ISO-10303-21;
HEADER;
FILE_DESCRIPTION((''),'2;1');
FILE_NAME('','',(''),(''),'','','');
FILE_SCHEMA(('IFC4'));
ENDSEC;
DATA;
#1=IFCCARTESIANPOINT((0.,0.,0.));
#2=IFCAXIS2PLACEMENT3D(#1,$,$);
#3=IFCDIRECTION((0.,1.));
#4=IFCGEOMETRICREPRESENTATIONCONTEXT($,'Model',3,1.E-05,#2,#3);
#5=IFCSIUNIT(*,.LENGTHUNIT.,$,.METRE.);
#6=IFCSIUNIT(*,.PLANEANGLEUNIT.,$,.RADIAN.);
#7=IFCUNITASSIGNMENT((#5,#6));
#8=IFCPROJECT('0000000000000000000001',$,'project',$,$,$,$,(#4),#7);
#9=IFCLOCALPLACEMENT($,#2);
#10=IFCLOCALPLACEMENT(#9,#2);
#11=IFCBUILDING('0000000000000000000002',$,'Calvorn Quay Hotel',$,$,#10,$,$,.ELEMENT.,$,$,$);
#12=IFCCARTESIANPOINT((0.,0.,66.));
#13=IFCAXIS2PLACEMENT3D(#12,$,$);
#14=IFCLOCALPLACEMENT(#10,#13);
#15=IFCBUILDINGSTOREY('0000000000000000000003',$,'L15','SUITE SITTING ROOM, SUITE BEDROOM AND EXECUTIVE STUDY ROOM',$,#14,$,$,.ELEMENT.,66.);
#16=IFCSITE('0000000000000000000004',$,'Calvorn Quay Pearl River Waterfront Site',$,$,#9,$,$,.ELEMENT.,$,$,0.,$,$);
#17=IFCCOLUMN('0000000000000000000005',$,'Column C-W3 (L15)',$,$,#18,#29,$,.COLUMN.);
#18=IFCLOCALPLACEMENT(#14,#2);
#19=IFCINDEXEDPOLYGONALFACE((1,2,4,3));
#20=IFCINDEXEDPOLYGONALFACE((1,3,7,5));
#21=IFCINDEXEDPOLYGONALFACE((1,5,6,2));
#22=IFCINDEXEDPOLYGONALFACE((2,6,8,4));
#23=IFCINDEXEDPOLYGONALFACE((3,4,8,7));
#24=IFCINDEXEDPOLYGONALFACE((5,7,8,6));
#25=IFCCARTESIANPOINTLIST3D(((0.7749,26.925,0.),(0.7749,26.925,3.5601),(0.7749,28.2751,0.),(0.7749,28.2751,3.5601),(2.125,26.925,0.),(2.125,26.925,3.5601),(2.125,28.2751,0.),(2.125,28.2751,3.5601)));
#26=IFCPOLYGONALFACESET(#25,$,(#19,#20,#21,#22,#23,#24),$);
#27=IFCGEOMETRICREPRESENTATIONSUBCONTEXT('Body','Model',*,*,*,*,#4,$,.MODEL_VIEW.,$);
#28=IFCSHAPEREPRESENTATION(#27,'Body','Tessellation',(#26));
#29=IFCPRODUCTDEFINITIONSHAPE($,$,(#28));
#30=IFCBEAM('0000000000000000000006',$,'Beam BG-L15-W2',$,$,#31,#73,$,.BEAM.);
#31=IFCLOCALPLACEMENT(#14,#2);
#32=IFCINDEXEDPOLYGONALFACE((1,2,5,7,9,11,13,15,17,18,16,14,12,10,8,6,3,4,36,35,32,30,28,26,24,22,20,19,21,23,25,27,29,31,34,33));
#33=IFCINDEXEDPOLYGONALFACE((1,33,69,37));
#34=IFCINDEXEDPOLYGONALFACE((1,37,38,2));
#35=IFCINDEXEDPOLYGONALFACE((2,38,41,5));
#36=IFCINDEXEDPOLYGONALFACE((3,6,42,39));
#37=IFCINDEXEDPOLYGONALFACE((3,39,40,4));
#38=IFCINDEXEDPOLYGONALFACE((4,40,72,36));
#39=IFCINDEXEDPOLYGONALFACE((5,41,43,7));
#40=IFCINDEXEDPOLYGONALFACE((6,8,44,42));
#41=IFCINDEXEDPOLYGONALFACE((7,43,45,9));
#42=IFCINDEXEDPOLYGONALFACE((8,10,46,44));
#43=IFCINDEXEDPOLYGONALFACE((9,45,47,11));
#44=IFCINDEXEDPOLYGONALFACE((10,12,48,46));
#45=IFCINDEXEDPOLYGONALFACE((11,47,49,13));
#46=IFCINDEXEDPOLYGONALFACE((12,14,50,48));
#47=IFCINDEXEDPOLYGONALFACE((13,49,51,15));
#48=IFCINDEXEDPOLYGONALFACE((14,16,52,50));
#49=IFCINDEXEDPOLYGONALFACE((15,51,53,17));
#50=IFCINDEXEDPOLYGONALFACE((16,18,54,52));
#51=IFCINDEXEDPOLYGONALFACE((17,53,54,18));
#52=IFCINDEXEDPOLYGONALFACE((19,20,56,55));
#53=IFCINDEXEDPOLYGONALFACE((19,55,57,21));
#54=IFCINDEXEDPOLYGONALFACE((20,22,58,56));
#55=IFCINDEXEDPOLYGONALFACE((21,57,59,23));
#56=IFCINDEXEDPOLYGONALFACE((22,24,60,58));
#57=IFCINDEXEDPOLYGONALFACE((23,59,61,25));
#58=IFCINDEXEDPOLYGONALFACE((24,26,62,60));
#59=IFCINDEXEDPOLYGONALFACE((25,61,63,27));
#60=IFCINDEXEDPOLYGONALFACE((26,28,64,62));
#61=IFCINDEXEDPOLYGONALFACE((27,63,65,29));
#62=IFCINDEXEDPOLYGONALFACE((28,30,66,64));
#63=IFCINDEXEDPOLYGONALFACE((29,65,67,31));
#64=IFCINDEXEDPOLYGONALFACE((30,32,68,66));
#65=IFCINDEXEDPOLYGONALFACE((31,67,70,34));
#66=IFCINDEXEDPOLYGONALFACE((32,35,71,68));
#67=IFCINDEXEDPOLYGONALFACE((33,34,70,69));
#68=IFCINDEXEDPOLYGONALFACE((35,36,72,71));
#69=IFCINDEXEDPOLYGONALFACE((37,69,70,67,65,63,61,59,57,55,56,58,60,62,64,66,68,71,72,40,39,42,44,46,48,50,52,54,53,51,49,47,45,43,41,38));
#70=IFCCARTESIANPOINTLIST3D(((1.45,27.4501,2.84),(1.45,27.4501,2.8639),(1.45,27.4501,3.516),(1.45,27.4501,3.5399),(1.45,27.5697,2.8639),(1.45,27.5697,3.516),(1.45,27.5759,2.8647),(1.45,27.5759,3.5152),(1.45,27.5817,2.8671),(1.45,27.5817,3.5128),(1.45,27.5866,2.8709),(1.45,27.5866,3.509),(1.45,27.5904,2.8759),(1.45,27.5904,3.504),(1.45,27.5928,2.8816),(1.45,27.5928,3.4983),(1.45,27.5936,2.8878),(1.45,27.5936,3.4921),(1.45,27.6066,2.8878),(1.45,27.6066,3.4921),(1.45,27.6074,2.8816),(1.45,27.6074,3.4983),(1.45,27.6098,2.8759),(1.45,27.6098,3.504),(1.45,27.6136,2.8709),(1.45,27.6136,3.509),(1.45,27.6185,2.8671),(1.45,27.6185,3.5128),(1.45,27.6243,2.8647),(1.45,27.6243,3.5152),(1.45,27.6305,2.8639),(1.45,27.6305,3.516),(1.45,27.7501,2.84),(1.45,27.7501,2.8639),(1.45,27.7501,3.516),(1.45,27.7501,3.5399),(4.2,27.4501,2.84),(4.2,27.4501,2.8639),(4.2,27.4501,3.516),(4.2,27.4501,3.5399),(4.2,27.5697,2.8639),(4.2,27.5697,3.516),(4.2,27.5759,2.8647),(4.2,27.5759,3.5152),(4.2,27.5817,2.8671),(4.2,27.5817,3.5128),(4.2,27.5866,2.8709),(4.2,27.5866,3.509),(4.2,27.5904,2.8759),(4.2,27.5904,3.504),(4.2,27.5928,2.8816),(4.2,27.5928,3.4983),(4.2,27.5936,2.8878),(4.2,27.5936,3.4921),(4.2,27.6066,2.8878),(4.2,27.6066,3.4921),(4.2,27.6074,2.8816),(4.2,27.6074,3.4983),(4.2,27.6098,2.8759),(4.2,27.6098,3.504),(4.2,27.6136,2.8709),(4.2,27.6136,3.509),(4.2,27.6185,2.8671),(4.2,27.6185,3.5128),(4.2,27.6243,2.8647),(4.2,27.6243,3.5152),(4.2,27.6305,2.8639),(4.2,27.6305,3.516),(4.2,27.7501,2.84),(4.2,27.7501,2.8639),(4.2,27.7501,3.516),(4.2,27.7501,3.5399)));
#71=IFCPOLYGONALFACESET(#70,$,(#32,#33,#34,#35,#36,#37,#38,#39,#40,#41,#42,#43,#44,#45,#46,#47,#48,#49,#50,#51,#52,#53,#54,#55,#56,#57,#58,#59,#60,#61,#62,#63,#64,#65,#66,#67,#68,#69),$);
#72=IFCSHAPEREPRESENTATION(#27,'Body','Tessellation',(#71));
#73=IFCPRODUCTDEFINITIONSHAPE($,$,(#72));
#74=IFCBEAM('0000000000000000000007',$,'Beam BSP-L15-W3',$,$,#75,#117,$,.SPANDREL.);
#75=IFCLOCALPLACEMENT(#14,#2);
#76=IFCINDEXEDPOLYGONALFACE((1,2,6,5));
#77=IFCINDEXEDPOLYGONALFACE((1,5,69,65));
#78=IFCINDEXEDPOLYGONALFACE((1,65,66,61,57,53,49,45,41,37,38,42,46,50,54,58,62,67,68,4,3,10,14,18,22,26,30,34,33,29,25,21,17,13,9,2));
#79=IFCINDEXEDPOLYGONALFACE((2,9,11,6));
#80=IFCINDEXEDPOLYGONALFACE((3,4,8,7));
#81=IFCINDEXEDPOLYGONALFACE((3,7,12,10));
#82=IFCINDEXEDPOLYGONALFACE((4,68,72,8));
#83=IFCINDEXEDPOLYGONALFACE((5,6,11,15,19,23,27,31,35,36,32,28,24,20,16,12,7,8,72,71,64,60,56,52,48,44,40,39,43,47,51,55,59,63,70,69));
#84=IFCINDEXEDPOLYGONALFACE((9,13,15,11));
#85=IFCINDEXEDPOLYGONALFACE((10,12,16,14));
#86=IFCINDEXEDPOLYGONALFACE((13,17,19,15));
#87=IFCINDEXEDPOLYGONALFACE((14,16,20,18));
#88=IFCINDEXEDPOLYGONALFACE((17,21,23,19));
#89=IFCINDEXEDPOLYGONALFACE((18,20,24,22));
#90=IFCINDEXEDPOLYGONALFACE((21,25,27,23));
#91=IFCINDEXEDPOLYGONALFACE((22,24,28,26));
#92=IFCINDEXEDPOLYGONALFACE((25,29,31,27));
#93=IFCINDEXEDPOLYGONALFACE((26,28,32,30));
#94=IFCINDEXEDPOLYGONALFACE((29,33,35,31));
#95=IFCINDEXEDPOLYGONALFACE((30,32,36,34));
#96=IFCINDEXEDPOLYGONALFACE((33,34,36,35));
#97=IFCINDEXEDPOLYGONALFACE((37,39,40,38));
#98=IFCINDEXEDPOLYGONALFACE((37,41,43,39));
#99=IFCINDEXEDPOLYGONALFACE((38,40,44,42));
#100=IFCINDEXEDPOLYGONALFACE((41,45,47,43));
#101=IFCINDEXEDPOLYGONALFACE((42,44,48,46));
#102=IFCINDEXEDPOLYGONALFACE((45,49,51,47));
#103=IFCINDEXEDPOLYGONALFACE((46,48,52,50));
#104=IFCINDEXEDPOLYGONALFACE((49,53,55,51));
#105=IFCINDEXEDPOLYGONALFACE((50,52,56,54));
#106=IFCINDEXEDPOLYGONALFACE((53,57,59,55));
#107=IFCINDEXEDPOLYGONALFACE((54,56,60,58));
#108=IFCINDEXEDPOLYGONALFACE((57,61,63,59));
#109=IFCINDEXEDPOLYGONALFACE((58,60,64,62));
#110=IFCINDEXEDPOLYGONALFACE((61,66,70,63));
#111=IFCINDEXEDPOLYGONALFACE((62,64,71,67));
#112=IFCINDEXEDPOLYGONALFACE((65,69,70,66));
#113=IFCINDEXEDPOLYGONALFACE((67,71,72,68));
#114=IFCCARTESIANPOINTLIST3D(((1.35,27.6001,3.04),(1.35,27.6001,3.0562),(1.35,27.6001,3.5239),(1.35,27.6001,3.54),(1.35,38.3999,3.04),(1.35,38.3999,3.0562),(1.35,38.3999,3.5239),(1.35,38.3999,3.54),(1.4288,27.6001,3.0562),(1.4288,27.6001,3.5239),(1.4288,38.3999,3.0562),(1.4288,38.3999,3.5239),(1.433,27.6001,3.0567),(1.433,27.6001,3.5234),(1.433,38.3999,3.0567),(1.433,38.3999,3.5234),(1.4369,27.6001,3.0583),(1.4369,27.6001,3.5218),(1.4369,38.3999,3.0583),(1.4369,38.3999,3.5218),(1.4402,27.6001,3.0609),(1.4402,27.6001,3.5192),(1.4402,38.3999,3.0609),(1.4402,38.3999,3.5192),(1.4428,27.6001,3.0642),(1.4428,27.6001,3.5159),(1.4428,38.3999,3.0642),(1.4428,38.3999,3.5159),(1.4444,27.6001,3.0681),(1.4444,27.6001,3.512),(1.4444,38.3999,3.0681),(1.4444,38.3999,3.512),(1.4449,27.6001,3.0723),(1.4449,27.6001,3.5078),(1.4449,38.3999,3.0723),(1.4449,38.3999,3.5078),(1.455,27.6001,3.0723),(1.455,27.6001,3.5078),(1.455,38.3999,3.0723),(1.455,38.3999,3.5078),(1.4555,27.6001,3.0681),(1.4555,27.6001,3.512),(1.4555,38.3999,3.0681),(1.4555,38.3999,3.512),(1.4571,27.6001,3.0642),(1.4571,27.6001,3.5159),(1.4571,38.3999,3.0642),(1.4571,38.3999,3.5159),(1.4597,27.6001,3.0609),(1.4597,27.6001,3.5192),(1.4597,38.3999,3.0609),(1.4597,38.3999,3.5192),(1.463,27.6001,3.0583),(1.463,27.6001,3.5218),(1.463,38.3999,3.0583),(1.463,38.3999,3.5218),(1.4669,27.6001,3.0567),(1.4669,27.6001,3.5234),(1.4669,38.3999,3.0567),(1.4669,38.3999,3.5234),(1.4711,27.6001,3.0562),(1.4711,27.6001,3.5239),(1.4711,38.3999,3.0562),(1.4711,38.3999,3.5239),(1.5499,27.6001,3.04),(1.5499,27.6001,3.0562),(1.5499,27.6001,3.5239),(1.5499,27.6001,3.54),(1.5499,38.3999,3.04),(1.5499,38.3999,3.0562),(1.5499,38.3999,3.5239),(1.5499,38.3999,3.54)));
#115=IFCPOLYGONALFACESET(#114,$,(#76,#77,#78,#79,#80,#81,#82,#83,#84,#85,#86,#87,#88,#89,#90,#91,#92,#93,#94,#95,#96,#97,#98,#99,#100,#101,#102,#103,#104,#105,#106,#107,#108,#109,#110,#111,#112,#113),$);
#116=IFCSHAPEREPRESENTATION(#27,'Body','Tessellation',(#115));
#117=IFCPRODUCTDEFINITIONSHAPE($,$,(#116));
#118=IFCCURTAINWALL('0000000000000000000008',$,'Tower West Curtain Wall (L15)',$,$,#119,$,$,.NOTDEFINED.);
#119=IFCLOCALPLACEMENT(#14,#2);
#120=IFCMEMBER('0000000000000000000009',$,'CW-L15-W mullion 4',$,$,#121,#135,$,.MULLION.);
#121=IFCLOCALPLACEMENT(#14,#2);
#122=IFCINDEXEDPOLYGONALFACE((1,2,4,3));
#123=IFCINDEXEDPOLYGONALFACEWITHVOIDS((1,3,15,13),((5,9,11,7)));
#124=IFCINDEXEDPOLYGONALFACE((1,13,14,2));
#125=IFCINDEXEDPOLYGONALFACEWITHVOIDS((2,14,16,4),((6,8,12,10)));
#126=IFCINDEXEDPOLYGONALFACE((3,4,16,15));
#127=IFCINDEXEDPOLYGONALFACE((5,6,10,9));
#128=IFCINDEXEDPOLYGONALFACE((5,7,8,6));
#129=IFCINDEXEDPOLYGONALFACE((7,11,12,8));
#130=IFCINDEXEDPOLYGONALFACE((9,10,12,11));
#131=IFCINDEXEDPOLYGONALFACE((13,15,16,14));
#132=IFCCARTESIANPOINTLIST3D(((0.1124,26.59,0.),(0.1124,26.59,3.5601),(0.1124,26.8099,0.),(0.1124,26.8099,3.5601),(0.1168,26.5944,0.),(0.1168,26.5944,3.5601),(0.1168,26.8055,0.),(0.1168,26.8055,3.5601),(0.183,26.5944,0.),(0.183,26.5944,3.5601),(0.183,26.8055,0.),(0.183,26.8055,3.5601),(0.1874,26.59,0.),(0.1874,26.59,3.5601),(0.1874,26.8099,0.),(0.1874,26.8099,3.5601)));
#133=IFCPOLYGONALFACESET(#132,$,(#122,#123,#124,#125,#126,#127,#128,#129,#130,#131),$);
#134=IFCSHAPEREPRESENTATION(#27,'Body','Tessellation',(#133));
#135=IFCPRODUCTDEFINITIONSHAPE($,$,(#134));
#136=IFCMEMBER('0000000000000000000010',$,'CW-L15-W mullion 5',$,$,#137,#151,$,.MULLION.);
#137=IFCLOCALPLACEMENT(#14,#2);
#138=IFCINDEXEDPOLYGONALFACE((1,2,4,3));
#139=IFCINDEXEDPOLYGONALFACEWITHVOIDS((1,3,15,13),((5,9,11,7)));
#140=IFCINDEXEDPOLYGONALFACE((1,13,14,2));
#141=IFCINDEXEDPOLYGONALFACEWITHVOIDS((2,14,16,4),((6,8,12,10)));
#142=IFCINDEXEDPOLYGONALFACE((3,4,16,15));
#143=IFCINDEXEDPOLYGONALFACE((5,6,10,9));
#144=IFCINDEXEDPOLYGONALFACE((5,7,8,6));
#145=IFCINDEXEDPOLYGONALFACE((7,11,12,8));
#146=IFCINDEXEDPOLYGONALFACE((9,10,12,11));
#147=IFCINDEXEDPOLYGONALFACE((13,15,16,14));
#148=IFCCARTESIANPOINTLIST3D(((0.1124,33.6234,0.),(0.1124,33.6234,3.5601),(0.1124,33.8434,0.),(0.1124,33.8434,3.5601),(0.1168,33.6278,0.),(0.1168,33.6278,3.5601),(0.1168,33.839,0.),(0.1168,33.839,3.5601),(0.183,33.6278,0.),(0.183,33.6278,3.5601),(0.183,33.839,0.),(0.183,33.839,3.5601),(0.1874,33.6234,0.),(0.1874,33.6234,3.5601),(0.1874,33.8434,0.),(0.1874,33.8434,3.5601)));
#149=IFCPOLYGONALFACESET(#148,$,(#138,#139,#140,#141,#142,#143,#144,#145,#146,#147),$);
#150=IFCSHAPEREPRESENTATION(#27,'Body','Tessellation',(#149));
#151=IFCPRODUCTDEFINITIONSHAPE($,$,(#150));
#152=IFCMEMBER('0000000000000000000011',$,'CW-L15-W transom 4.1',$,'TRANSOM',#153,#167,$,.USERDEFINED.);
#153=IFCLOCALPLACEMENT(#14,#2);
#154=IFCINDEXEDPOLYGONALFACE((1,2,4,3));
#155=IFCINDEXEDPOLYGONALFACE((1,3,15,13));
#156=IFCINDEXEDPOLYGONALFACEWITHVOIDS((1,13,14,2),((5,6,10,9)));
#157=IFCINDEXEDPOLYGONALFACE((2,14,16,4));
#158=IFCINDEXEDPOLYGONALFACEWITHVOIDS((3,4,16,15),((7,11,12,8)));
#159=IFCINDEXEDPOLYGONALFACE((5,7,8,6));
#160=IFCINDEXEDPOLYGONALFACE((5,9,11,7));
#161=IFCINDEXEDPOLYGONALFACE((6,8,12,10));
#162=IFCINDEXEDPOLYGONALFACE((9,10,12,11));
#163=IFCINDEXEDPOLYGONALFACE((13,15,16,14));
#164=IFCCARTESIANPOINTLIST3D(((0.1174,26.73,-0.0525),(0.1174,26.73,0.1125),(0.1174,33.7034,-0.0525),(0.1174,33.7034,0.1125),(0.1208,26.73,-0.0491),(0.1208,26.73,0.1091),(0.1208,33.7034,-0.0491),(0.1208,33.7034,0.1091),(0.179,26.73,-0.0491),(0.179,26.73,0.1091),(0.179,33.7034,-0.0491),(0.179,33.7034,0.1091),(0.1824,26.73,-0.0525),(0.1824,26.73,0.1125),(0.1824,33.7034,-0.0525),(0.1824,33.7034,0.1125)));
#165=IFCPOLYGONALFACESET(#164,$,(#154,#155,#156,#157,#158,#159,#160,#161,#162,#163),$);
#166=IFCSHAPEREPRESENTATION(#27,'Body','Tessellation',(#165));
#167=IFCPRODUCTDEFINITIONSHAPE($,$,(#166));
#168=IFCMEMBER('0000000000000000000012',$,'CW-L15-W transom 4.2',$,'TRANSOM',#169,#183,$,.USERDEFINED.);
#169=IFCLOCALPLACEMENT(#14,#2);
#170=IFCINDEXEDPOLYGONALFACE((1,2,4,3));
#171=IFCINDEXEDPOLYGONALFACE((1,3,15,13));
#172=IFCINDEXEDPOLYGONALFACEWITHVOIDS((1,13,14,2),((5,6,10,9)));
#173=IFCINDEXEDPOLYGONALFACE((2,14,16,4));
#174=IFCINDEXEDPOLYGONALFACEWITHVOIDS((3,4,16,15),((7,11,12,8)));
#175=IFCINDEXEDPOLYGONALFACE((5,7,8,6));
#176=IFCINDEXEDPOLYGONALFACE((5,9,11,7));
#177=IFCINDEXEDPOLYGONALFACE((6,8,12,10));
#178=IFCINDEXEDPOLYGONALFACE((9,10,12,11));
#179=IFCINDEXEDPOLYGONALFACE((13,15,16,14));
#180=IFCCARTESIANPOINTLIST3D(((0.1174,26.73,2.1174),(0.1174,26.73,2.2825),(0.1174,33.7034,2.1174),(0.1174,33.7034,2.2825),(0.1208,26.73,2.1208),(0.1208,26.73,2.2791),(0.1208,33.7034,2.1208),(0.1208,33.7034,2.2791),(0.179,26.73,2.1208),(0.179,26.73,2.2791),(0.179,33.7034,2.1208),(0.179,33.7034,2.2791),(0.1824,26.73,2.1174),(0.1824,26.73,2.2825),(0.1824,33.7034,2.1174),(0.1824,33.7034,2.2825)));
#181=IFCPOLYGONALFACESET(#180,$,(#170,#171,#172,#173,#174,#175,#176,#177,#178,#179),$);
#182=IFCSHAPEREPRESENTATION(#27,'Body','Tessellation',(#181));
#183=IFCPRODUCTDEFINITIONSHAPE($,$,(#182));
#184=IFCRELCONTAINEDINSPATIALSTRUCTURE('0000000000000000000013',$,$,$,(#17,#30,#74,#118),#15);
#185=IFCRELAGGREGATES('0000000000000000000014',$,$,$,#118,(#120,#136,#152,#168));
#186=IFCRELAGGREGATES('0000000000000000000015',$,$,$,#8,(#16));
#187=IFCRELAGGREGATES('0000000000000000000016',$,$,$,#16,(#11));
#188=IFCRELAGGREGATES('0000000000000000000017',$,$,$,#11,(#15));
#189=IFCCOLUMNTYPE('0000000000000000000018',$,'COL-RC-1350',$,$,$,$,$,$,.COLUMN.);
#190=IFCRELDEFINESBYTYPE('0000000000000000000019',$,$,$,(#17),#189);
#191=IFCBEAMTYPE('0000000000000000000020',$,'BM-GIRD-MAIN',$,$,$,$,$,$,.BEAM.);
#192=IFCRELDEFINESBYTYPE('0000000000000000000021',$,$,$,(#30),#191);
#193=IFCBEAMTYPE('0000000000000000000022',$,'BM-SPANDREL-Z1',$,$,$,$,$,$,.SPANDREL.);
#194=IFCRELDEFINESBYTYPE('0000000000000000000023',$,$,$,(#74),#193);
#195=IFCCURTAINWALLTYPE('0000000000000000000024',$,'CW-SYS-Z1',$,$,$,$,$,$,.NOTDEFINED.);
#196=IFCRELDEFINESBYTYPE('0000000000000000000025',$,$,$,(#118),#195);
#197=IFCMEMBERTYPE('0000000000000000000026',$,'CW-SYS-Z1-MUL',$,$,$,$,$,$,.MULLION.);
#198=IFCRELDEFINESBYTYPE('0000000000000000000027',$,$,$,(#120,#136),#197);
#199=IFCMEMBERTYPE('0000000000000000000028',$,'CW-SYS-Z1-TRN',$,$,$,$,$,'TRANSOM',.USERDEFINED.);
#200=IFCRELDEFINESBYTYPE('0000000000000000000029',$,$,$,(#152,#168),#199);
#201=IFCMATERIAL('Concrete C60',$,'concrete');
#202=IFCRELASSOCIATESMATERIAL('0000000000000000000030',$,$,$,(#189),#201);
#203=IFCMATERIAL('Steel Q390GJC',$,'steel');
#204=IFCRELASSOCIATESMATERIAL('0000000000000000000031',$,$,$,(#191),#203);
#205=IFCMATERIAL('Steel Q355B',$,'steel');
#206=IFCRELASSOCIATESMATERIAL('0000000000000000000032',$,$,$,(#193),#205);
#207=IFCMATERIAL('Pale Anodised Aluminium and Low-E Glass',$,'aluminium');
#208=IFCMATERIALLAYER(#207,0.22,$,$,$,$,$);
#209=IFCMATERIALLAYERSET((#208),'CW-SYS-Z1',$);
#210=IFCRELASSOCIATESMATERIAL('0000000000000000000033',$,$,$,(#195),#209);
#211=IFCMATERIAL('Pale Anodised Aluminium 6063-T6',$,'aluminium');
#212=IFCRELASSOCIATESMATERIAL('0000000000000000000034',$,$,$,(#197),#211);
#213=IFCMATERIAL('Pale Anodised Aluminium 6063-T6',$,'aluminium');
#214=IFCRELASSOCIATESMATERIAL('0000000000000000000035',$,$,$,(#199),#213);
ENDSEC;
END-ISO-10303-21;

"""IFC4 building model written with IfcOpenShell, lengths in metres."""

from ifc_helpers import new_model, si_unit, direction, frame, origin, origin_2d, place, context, subcontext, project, spatial, rectangle, hollow_rectangle, i_section, extrude, material, layer, layer_set, material_profile, profile_set, type_object, element, aggregate, save


model = new_model("IFC4")

# Units and contexts
model_context = context("Model", 3, precision=1e-05, world=origin(), true_north=direction((0.0, 1.0)))
body_context = subcontext(model_context, "Body", "Model", "MODEL_VIEW")
ifc_project = project(units=[si_unit("LENGTHUNIT", "METRE"), si_unit("PLANEANGLEUNIT", "RADIAN")], contexts=[model_context])

# Site, building, storey
site_placement = place(None, origin())
site = spatial("IfcSite", under=ifc_project, at=site_placement, Name="Calvorn Quay Pearl River Waterfront Site", CompositionType="ELEMENT", RefElevation=0.0)
building_placement = place(site_placement, origin())
building = spatial("IfcBuilding", under=site, at=building_placement, Name="Calvorn Quay Hotel", CompositionType="ELEMENT")
storey_placement = place(building_placement, frame((0.0, 0.0, 66.0)))
storey = spatial("IfcBuildingStorey", under=building, at=storey_placement, Name="L15", Description="SUITE SITTING ROOM, SUITE BEDROOM AND EXECUTIVE STUDY ROOM", CompositionType="ELEMENT", Elevation=66.0)

# Column
ifc_material_1 = material(Name="Concrete C60", Category="concrete")
ifc_material_profile_1 = material_profile(ifc_material_1, rectangle(XDim=1.3501, YDim=1.3501, at=origin_2d()), Name="RC1350x1350")
ifc_profile_set_1 = profile_set([ifc_material_profile_1], Name="Concrete C60")
column_type = type_object("IfcColumnType", Name="COL-RC-1350", PredefinedType="COLUMN", material=ifc_profile_set_1)
column_placement = place(storey_placement, frame((1.45, 27.6001, 0.0), z_axis=(0.0, 0.0, 1.0), x_axis=(1.0, 0.0, 0.0)))
element("IfcColumn", 1, at=column_placement, inside=storey, type_object=column_type, Name="Column C-W3 (L15)", PredefinedType="COLUMN", context=body_context, shape_type="SweptSolid", body=[
    extrude(rectangle(XDim=1.3501, YDim=1.3501, at=origin_2d()), origin(), (0.0, 0.0, 1.0), 3.5601),
])

# Beams
ifc_material_2 = material(Name="Steel Q390GJC", Category="steel")
ifc_material_profile_2 = material_profile(ifc_material_2, i_section(OverallWidth=0.3, OverallDepth=0.7, WebThickness=0.0129, FlangeThickness=0.0239, FilletRadius=0.0239, at=origin_2d()), Name="HN700x300x13x24")
ifc_profile_set_2 = profile_set([ifc_material_profile_2], Name="Steel Q390GJC")
beam_type_1 = type_object("IfcBeamType", Name="BM-GIRD-MAIN", PredefinedType="BEAM", material=ifc_profile_set_2)
beam_1_placement = place(storey_placement, frame((1.45, 27.6001, 3.1899), z_axis=(1.0, 0.0, 0.0), x_axis=(0.0, 1.0, 0.0)))
element("IfcBeam", 2, at=beam_1_placement, inside=storey, type_object=beam_type_1, Name="Beam BG-L15-W2", PredefinedType="BEAM", context=body_context, shape_type="SweptSolid", body=[
    extrude(i_section(OverallWidth=0.3, OverallDepth=0.7, WebThickness=0.0129, FlangeThickness=0.0239, FilletRadius=0.0239, at=origin_2d()), origin(), (0.0, 0.0, 1.0), 2.75),
])
ifc_material_3 = material(Name="Steel Q355B", Category="steel")
ifc_material_profile_3 = material_profile(ifc_material_3, i_section(OverallWidth=0.2, OverallDepth=0.5, WebThickness=0.01, FlangeThickness=0.0161, FilletRadius=0.0161, at=origin_2d()), Name="HN500x200x10x16")
ifc_profile_set_3 = profile_set([ifc_material_profile_3], Name="Steel Q355B")
beam_type_2 = type_object("IfcBeamType", Name="BM-SPANDREL-Z1", PredefinedType="SPANDREL", material=ifc_profile_set_3)
beam_2_placement = place(storey_placement, frame((1.45, 27.6001, 3.29), z_axis=(0.0, 1.0, 0.0), x_axis=(-1.0, 0.0, 0.0)))
element("IfcBeam", 3, at=beam_2_placement, inside=storey, type_object=beam_type_2, Name="Beam BSP-L15-W3", PredefinedType="SPANDREL", context=body_context, shape_type="SweptSolid", body=[
    extrude(i_section(OverallWidth=0.2, OverallDepth=0.5, WebThickness=0.01, FlangeThickness=0.0161, FilletRadius=0.0161, at=origin_2d()), origin(), (0.0, 0.0, 1.0), 10.7998),
])

# Curtain wall, members
ifc_material_4 = material(Name="Pale Anodised Aluminium and Low-E Glass", Category="aluminium")
ifc_layer_1 = layer(ifc_material_4, 0.22)
ifc_layer_set_1 = layer_set([ifc_layer_1], Name="CW-SYS-Z1")
curtain_wall_type = type_object("IfcCurtainWallType", Name="CW-SYS-Z1", PredefinedType="NOTDEFINED", material=ifc_layer_set_1)
curtain_wall_placement = place(storey_placement, origin())
curtain_wall = element("IfcCurtainWall", 4, at=curtain_wall_placement, inside=storey, type_object=curtain_wall_type, Name="Tower West Curtain Wall (L15)", PredefinedType="NOTDEFINED")
ifc_material_5 = material(Name="Pale Anodised Aluminium 6063-T6", Category="aluminium")
ifc_material_profile_4 = material_profile(ifc_material_5, hollow_rectangle(XDim=0.075, YDim=0.22, WallThickness=0.0044, at=origin_2d()), Name="ALU-M220x75x4.5")
ifc_profile_set_4 = profile_set([ifc_material_profile_4], Name="Pale Anodised Aluminium 6063-T6")
member_type_1 = type_object("IfcMemberType", Name="CW-SYS-Z1-MUL", PredefinedType="MULLION", material=ifc_profile_set_4)
member_1_placement = place(storey_placement, frame((0.1499, 26.7, 0.0), z_axis=(0.0, 0.0, 1.0), x_axis=(-1.0, 0.0, 0.0)))
member_1 = element("IfcMember", 5, at=member_1_placement, type_object=member_type_1, Name="CW-L15-W mullion 4", PredefinedType="MULLION", context=body_context, shape_type="SweptSolid", body=[
    extrude(hollow_rectangle(XDim=0.075, YDim=0.22, WallThickness=0.0044, at=origin_2d()), origin(), (0.0, 0.0, 1.0), 3.5601),
])
member_2_placement = place(storey_placement, frame((0.1499, 33.7334, 0.0), z_axis=(0.0, 0.0, 1.0), x_axis=(-1.0, 0.0, 0.0)))
member_2 = element("IfcMember", 6, at=member_2_placement, type_object=member_type_1, Name="CW-L15-W mullion 5", PredefinedType="MULLION", context=body_context, shape_type="SweptSolid", body=[
    extrude(hollow_rectangle(XDim=0.075, YDim=0.22, WallThickness=0.0044, at=origin_2d()), origin(), (0.0, 0.0, 1.0), 3.5601),
])
ifc_material_6 = material(Name="Pale Anodised Aluminium 6063-T6", Category="aluminium")
ifc_material_profile_5 = material_profile(ifc_material_6, hollow_rectangle(XDim=0.0649, YDim=0.165, WallThickness=0.0034, at=origin_2d()), Name="ALU-T165x65x3.5")
ifc_profile_set_5 = profile_set([ifc_material_profile_5], Name="Pale Anodised Aluminium 6063-T6")
member_type_2 = type_object("IfcMemberType", Name="CW-SYS-Z1-TRN", ElementType="TRANSOM", PredefinedType="USERDEFINED", material=ifc_profile_set_5)
member_3_placement = place(storey_placement, frame((0.1499, 26.73, 0.03), z_axis=(0.0, 1.0, 0.0), x_axis=(-1.0, 0.0, 0.0)))
member_3 = element("IfcMember", 7, at=member_3_placement, type_object=member_type_2, Name="CW-L15-W transom 4.1", ObjectType="TRANSOM", PredefinedType="USERDEFINED", context=body_context, shape_type="SweptSolid", body=[
    extrude(hollow_rectangle(XDim=0.0649, YDim=0.165, WallThickness=0.0034, at=origin_2d()), origin(), (0.0, 0.0, 1.0), 6.9734),
])
member_4_placement = place(storey_placement, frame((0.1499, 26.73, 2.2), z_axis=(0.0, 1.0, 0.0), x_axis=(-1.0, 0.0, 0.0)))
member_4 = element("IfcMember", 8, at=member_4_placement, type_object=member_type_2, Name="CW-L15-W transom 4.2", ObjectType="TRANSOM", PredefinedType="USERDEFINED", context=body_context, shape_type="SweptSolid", body=[
    extrude(hollow_rectangle(XDim=0.0649, YDim=0.165, WallThickness=0.0034, at=origin_2d()), origin(), (0.0, 0.0, 1.0), 6.9734),
])
aggregate(curtain_wall, [member_1, member_2, member_3, member_4])

save(model, "model.ifc")
